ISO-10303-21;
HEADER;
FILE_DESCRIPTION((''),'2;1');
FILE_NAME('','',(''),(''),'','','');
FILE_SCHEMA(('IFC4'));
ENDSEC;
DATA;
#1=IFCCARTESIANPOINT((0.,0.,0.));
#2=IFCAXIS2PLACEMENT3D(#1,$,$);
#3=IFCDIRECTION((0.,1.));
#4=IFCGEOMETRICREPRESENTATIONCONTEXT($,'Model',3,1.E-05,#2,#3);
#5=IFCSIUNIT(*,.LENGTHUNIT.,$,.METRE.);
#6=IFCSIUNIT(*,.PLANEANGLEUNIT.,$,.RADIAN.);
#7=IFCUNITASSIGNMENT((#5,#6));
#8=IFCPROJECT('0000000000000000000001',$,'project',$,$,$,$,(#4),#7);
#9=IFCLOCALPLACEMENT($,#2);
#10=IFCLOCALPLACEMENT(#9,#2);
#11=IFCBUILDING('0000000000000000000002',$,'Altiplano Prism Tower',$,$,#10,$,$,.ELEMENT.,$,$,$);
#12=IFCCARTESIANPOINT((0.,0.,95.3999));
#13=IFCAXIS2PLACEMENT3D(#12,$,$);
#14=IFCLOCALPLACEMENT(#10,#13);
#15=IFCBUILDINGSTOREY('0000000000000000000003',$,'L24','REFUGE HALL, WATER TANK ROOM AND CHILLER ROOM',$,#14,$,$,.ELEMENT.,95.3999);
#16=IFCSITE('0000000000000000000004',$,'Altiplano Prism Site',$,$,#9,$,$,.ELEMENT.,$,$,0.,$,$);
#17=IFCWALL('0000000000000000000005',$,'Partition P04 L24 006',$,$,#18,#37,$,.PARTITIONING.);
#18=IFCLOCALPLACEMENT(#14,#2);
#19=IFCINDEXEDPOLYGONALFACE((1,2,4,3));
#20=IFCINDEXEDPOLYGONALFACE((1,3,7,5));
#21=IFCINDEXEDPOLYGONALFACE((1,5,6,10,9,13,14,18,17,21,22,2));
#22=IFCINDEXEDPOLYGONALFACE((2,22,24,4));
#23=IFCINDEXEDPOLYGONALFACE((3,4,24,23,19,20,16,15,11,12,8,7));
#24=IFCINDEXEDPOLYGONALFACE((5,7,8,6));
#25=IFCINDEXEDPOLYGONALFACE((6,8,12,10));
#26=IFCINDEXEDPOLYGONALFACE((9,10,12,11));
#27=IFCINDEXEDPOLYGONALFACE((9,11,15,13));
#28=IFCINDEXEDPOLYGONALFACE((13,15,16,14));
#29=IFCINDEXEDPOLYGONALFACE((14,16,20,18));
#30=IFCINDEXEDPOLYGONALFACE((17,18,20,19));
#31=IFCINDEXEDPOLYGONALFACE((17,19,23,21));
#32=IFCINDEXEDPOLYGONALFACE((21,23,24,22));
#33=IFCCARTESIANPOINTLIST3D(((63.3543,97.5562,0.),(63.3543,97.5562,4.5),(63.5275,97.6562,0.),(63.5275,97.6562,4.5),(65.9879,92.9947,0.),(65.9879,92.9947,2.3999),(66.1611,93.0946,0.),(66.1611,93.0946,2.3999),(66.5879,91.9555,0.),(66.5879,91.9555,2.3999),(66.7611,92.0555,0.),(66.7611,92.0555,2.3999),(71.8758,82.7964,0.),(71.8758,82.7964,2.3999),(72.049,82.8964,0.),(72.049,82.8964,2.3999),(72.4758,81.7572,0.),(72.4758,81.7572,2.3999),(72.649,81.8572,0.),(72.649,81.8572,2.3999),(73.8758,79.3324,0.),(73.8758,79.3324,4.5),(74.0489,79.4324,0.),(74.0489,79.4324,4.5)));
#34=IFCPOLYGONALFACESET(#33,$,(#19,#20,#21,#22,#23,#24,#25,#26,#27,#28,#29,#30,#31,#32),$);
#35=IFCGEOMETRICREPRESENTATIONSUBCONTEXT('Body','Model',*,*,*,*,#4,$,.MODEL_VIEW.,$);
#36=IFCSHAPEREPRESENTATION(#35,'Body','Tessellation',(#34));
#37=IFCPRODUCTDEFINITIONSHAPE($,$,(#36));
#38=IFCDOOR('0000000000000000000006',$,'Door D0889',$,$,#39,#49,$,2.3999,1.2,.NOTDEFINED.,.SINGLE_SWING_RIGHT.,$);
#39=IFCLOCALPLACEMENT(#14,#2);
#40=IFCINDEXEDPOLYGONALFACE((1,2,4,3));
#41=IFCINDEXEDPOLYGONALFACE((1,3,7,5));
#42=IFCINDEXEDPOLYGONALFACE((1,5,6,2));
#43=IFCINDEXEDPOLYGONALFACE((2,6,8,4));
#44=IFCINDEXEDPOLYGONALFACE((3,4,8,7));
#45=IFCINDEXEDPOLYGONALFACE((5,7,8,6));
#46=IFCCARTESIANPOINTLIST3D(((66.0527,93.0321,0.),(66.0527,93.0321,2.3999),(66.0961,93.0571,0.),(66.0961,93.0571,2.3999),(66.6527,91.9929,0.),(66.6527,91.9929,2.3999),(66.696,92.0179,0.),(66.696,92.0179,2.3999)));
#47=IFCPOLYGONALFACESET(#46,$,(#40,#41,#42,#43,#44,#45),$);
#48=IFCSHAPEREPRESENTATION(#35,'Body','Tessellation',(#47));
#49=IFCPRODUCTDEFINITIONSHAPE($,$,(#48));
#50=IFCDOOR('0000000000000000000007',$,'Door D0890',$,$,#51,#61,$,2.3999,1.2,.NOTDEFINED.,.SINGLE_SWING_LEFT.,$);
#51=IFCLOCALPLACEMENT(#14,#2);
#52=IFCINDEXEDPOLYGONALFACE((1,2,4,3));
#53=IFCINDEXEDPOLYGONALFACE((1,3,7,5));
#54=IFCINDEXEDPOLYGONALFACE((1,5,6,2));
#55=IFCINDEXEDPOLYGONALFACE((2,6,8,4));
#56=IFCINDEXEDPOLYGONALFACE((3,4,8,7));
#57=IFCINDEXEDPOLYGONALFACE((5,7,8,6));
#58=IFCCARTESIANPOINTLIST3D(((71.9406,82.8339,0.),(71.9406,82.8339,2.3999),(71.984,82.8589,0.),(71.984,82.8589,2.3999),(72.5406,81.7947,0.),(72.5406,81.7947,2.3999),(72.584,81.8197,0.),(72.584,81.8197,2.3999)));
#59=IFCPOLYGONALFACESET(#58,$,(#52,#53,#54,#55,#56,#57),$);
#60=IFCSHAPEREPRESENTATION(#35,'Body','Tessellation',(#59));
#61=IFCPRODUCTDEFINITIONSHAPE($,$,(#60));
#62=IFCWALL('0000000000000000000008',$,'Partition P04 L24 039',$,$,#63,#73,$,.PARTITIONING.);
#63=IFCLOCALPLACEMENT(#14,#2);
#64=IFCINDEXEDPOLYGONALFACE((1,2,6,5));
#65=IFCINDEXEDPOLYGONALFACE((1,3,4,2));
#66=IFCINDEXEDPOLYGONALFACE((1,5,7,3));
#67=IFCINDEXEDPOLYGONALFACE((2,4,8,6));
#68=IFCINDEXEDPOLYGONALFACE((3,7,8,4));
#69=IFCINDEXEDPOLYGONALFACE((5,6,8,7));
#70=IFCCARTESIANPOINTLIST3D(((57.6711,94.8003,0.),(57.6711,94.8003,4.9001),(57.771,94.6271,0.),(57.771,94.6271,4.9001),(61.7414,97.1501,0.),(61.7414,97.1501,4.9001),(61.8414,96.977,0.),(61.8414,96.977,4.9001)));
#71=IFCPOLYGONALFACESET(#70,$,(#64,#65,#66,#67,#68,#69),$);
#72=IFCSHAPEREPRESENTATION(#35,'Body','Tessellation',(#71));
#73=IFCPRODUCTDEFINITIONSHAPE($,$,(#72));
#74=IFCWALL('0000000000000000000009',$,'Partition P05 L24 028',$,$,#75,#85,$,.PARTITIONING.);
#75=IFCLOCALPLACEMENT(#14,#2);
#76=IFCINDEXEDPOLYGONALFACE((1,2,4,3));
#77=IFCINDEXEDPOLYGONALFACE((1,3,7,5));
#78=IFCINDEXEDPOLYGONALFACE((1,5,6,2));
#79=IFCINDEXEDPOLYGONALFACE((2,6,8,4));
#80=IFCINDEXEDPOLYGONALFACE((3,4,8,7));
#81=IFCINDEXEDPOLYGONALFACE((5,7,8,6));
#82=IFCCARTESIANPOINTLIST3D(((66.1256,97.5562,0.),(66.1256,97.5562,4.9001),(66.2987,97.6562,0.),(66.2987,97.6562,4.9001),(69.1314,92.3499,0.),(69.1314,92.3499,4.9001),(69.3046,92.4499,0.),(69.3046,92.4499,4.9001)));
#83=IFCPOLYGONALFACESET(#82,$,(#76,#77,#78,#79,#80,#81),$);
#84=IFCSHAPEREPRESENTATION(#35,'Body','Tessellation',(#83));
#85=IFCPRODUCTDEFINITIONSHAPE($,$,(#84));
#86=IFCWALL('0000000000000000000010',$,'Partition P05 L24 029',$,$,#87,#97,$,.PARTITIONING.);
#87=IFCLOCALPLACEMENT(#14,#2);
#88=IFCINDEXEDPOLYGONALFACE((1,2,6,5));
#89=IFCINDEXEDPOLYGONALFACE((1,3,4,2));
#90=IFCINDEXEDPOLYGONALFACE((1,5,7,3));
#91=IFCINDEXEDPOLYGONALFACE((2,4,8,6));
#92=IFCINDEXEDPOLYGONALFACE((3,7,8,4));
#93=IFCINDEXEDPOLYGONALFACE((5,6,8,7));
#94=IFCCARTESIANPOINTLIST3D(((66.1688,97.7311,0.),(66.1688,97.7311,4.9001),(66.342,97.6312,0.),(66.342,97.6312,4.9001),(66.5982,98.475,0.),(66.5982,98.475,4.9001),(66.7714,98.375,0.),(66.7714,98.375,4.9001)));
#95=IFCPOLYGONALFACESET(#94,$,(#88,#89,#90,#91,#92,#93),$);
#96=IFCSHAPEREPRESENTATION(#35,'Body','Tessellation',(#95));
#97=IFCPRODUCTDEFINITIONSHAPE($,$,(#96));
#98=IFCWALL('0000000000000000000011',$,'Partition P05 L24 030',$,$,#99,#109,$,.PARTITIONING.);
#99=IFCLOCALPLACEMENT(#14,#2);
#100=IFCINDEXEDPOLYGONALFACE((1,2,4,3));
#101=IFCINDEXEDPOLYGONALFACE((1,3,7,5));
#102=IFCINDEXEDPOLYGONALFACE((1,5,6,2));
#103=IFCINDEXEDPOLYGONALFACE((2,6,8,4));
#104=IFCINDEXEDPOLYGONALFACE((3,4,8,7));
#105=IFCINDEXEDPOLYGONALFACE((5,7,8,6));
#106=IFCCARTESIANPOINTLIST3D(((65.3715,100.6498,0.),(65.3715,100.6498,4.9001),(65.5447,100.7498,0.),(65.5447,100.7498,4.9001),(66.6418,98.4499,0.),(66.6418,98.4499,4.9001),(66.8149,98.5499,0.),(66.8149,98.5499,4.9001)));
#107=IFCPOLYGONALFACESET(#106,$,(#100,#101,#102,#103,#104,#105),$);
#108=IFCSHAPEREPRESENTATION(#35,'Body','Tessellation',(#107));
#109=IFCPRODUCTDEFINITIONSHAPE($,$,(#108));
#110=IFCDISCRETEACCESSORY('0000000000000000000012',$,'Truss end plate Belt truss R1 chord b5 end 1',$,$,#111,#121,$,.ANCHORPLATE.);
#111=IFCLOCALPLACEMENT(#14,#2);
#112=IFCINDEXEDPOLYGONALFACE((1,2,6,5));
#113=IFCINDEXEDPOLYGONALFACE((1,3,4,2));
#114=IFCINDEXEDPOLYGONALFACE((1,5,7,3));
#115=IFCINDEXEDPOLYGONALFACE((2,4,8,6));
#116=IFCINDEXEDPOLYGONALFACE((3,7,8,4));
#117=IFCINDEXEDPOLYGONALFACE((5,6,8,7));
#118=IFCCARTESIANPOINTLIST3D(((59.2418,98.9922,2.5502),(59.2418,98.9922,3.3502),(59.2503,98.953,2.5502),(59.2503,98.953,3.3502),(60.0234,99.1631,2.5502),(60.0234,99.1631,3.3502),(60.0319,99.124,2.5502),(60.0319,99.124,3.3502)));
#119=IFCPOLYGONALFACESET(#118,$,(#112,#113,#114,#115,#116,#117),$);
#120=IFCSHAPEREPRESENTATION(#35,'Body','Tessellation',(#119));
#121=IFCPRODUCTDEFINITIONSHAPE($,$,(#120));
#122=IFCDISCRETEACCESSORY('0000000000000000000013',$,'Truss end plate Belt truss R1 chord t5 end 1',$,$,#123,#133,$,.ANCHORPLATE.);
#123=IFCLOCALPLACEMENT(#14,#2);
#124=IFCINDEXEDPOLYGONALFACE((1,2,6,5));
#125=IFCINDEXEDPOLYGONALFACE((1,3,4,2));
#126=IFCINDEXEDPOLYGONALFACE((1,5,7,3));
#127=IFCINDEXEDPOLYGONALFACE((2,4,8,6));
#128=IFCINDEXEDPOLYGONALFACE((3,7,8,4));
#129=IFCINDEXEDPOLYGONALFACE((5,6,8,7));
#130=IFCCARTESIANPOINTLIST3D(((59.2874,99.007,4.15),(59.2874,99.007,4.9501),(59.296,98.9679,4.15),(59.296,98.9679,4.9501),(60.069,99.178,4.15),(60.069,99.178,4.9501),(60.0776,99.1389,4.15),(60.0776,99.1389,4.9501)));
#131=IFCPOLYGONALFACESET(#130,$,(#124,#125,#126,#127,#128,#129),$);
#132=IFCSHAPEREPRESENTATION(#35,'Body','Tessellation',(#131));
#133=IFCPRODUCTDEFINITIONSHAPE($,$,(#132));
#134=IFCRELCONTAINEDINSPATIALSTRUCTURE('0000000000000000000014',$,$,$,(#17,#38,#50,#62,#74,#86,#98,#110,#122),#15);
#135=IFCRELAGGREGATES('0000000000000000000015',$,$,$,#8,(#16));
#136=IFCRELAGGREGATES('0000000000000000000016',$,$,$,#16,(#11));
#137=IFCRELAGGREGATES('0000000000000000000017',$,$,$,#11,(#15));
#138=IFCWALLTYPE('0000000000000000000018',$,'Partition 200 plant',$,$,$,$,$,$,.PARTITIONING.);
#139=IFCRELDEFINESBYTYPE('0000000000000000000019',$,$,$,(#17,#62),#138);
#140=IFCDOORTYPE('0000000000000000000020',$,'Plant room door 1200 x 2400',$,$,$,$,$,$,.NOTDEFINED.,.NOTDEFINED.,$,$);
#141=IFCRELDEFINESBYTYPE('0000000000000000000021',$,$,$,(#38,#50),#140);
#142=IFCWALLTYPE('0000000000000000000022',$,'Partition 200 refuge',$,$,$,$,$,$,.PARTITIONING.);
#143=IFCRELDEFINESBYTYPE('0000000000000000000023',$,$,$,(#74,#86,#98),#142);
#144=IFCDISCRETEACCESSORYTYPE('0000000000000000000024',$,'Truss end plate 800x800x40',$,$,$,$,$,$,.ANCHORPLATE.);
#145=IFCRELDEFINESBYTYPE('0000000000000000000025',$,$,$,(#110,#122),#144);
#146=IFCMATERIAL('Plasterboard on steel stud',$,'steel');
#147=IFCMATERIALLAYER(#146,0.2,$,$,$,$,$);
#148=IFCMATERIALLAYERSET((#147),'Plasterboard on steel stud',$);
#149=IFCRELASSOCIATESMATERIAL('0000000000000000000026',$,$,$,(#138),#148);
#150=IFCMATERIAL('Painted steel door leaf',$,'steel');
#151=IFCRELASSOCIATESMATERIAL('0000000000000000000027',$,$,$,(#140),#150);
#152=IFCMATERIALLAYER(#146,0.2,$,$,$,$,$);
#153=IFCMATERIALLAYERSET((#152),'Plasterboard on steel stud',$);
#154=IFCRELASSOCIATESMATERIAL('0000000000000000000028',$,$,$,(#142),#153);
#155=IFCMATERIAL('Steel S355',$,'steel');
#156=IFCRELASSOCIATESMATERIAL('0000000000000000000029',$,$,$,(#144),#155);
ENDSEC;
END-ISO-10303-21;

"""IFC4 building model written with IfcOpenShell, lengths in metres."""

from ifc_helpers import new_model, si_unit, direction, frame, frame_2d, origin, origin_2d, place, context, subcontext, project, spatial, rectangle, extrude, material, layer, layer_set, material_profile, profile_set, type_object, element, fill, save


model = new_model("IFC4")

# Units and contexts
model_context = context("Model", 3, precision=1e-05, world=origin(), true_north=direction((0.0, 1.0)))
body_context = subcontext(model_context, "Body", "Model", "MODEL_VIEW")
ifc_project = project(units=[si_unit("LENGTHUNIT", "METRE"), si_unit("PLANEANGLEUNIT", "RADIAN")], contexts=[model_context])

# Site, building, storey
site_placement = place(None, origin())
site = spatial("IfcSite", under=ifc_project, at=site_placement, Name="Altiplano Prism Site", CompositionType="ELEMENT", RefElevation=0.0)
building_placement = place(site_placement, origin())
building = spatial("IfcBuilding", under=site, at=building_placement, Name="Altiplano Prism Tower", CompositionType="ELEMENT")
storey_placement = place(building_placement, frame((0.0, 0.0, 95.3999)))
storey = spatial("IfcBuildingStorey", under=building, at=storey_placement, Name="L24", Description="REFUGE HALL, WATER TANK ROOM AND CHILLER ROOM", CompositionType="ELEMENT", Elevation=95.3999)

# Shared definitions
ifc_material_1 = material(Name="Steel S355", Category="steel")

# Shared definitions
ifc_material_2 = material(Name="Plasterboard on steel stud", Category="steel")
ifc_layer_1 = layer(ifc_material_2, 0.2)
ifc_layer_set_1 = layer_set([ifc_layer_1], Name="Plasterboard on steel stud")
wall_type_1 = type_object("IfcWallType", Name="Partition 200 plant", PredefinedType="PARTITIONING", material=ifc_layer_set_1)

# Wall, openings, doors
wall_1_placement = place(storey_placement, frame((63.4409, 97.6062, 0.0), z_axis=(0.0, 0.0, 1.0), x_axis=(0.499997, -0.866027, 0.0)))
wall_1 = element("IfcWall", 1, at=wall_1_placement, inside=storey, type_object=wall_type_1, Name="Partition P04 L24 006", PredefinedType="PARTITIONING", context=body_context, shape_type="SweptSolid", body=[
    extrude(rectangle(XDim=21.043, YDim=0.2, at=frame_2d((10.5215, 0.0))), origin(), (0.0, 0.0, 1.0), 4.5),
])
opening_1_placement = place(wall_1_placement, frame((5.2671, 0.0, 0.0)))
opening_1 = element("IfcOpeningElement", 2, at=opening_1_placement, cuts=wall_1, PredefinedType="OPENING", context=body_context, shape_type="SweptSolid", body=[
    extrude(rectangle(XDim=1.2, YDim=2.3999, at=frame_2d((0.6001, 1.2))), frame((0.0, 0.1104, 0.0), z_axis=(0.0, -1.0, 0.0), x_axis=(1.0, 0.0, 0.0)), (0.0, 0.0, 1.0), 0.2209),
])
opening_2_placement = place(wall_1_placement, frame((17.043, 0.0, 0.0)))
opening_2 = element("IfcOpeningElement", 3, at=opening_2_placement, cuts=wall_1, PredefinedType="OPENING", context=body_context, shape_type="SweptSolid", body=[
    extrude(rectangle(XDim=1.2, YDim=2.3999, at=frame_2d((0.6001, 1.2))), frame((0.0, 0.1104, 0.0), z_axis=(0.0, -1.0, 0.0), x_axis=(1.0, 0.0, 0.0)), (0.0, 0.0, 1.0), 0.2209),
])
ifc_material_3 = material(Name="Painted steel door leaf", Category="steel")
door_type = type_object("IfcDoorType", Name="Plant room door 1200 x 2400", OperationType="NOTDEFINED", PredefinedType="NOTDEFINED", material=ifc_material_3)
door_1_placement = place(opening_1_placement, origin())
door_1 = element("IfcDoor", 4, at=door_1_placement, inside=storey, type_object=door_type, Name="Door D0889", OperationType="SINGLE_SWING_RIGHT", OverallHeight=2.3999, OverallWidth=1.2, PredefinedType="NOTDEFINED", context=body_context, shape_type="SweptSolid", body=[
    extrude(rectangle(XDim=1.2, YDim=2.3999, at=frame_2d((0.6001, 1.2))), frame((0.0, 0.0249, 0.0), z_axis=(0.0, -1.0, 0.0), x_axis=(1.0, 0.0, 0.0)), (0.0, 0.0, 1.0), 0.05),
])
fill(opening_1, door_1)
door_2_placement = place(opening_2_placement, origin())
door_2 = element("IfcDoor", 5, at=door_2_placement, inside=storey, type_object=door_type, Name="Door D0890", OperationType="SINGLE_SWING_LEFT", OverallHeight=2.3999, OverallWidth=1.2, PredefinedType="NOTDEFINED", context=body_context, shape_type="SweptSolid", body=[
    extrude(rectangle(XDim=1.2, YDim=2.3999, at=frame_2d((0.6001, 1.2))), frame((0.0, 0.0249, 0.0), z_axis=(0.0, -1.0, 0.0), x_axis=(1.0, 0.0, 0.0)), (0.0, 0.0, 1.0), 0.05),
])
fill(opening_2, door_2)

# Walls
wall_2_placement = place(storey_placement, frame((57.7209, 94.7136, 0.0), z_axis=(0.0, 0.0, 1.0), x_axis=(0.866039, 0.499977, 0.0)))
element("IfcWall", 6, at=wall_2_placement, inside=storey, type_object=wall_type_1, Name="Partition P04 L24 039", PredefinedType="PARTITIONING", context=body_context, shape_type="SweptSolid", body=[
    extrude(rectangle(XDim=4.7, YDim=0.2, at=frame_2d((2.3501, 0.0))), origin(), (0.0, 0.0, 1.0), 4.9001),
])
ifc_layer_2 = layer(ifc_material_2, 0.2)
ifc_layer_set_2 = layer_set([ifc_layer_2], Name="Plasterboard on steel stud")
wall_type_2 = type_object("IfcWallType", Name="Partition 200 refuge", PredefinedType="PARTITIONING", material=ifc_layer_set_2)
wall_3_placement = place(storey_placement, frame((69.218, 92.3999, 0.0), z_axis=(0.0, 0.0, 1.0), x_axis=(-0.5, 0.866025, 0.0)))
element("IfcWall", 7, at=wall_3_placement, inside=storey, type_object=wall_type_2, Name="Partition P05 L24 028", PredefinedType="PARTITIONING", context=body_context, shape_type="SweptSolid", body=[
    extrude(rectangle(XDim=6.0117, YDim=0.2, at=frame_2d((3.0059, 0.0))), origin(), (0.0, 0.0, 1.0), 4.9001),
])
wall_4_placement = place(storey_placement, frame((66.2554, 97.6812, 0.0), z_axis=(0.0, 0.0, 1.0), x_axis=(0.49996, 0.866048, 0.0)))
element("IfcWall", 8, at=wall_4_placement, inside=storey, type_object=wall_type_2, Name="Partition P05 L24 029", PredefinedType="PARTITIONING", context=body_context, shape_type="SweptSolid", body=[
    extrude(rectangle(XDim=0.8589, YDim=0.2, at=frame_2d((0.4294, 0.0))), origin(), (0.0, 0.0, 1.0), 4.9001),
])
wall_5_placement = place(storey_placement, frame((66.7283, 98.5, 0.0), z_axis=(0.0, 0.0, 1.0), x_axis=(-0.500036, 0.866005, 0.0)))
element("IfcWall", 9, at=wall_5_placement, inside=storey, type_object=wall_type_2, Name="Partition P05 L24 030", PredefinedType="PARTITIONING", context=body_context, shape_type="SweptSolid", body=[
    extrude(rectangle(XDim=2.5403, YDim=0.2, at=frame_2d((1.27, 0.0))), origin(), (0.0, 0.0, 1.0), 4.9001),
])

# Discrete accessories
ifc_material_profile_1 = material_profile(ifc_material_1, rectangle(XDim=0.8, YDim=0.8, at=origin_2d()), Name="Truss end plate 800x800x40")
ifc_profile_set_1 = profile_set([ifc_material_profile_1], Name="Steel S355")
discrete_accessory_type = type_object("IfcDiscreteAccessoryType", Name="Truss end plate 800x800x40", PredefinedType="ANCHORPLATE", material=ifc_profile_set_1)
for number, where, z_axis, x_axis, name in (
    (10, (59.6326, 99.0776, 2.9502), (0.213697, -0.9769, 0.0), (0.9769, 0.213697, 0.0), "Truss end plate Belt truss R1 chord b5 end 1"),
    (11, (59.6782, 99.0925, 4.55), (0.213697, -0.9769, 0.0), (0.9769, 0.213697, 0.0), "Truss end plate Belt truss R1 chord t5 end 1"),
):
    element("IfcDiscreteAccessory", number, at=place(storey_placement, frame(where, z_axis=z_axis, x_axis=x_axis)), inside=storey, type_object=discrete_accessory_type, Name=name, PredefinedType="ANCHORPLATE", context=body_context, shape_type="SweptSolid", body=[
        extrude(rectangle(XDim=0.8, YDim=0.8, at=origin_2d()), origin(), (0.0, 0.0, 1.0), 0.04),
    ])

save(model, "model.ifc")
